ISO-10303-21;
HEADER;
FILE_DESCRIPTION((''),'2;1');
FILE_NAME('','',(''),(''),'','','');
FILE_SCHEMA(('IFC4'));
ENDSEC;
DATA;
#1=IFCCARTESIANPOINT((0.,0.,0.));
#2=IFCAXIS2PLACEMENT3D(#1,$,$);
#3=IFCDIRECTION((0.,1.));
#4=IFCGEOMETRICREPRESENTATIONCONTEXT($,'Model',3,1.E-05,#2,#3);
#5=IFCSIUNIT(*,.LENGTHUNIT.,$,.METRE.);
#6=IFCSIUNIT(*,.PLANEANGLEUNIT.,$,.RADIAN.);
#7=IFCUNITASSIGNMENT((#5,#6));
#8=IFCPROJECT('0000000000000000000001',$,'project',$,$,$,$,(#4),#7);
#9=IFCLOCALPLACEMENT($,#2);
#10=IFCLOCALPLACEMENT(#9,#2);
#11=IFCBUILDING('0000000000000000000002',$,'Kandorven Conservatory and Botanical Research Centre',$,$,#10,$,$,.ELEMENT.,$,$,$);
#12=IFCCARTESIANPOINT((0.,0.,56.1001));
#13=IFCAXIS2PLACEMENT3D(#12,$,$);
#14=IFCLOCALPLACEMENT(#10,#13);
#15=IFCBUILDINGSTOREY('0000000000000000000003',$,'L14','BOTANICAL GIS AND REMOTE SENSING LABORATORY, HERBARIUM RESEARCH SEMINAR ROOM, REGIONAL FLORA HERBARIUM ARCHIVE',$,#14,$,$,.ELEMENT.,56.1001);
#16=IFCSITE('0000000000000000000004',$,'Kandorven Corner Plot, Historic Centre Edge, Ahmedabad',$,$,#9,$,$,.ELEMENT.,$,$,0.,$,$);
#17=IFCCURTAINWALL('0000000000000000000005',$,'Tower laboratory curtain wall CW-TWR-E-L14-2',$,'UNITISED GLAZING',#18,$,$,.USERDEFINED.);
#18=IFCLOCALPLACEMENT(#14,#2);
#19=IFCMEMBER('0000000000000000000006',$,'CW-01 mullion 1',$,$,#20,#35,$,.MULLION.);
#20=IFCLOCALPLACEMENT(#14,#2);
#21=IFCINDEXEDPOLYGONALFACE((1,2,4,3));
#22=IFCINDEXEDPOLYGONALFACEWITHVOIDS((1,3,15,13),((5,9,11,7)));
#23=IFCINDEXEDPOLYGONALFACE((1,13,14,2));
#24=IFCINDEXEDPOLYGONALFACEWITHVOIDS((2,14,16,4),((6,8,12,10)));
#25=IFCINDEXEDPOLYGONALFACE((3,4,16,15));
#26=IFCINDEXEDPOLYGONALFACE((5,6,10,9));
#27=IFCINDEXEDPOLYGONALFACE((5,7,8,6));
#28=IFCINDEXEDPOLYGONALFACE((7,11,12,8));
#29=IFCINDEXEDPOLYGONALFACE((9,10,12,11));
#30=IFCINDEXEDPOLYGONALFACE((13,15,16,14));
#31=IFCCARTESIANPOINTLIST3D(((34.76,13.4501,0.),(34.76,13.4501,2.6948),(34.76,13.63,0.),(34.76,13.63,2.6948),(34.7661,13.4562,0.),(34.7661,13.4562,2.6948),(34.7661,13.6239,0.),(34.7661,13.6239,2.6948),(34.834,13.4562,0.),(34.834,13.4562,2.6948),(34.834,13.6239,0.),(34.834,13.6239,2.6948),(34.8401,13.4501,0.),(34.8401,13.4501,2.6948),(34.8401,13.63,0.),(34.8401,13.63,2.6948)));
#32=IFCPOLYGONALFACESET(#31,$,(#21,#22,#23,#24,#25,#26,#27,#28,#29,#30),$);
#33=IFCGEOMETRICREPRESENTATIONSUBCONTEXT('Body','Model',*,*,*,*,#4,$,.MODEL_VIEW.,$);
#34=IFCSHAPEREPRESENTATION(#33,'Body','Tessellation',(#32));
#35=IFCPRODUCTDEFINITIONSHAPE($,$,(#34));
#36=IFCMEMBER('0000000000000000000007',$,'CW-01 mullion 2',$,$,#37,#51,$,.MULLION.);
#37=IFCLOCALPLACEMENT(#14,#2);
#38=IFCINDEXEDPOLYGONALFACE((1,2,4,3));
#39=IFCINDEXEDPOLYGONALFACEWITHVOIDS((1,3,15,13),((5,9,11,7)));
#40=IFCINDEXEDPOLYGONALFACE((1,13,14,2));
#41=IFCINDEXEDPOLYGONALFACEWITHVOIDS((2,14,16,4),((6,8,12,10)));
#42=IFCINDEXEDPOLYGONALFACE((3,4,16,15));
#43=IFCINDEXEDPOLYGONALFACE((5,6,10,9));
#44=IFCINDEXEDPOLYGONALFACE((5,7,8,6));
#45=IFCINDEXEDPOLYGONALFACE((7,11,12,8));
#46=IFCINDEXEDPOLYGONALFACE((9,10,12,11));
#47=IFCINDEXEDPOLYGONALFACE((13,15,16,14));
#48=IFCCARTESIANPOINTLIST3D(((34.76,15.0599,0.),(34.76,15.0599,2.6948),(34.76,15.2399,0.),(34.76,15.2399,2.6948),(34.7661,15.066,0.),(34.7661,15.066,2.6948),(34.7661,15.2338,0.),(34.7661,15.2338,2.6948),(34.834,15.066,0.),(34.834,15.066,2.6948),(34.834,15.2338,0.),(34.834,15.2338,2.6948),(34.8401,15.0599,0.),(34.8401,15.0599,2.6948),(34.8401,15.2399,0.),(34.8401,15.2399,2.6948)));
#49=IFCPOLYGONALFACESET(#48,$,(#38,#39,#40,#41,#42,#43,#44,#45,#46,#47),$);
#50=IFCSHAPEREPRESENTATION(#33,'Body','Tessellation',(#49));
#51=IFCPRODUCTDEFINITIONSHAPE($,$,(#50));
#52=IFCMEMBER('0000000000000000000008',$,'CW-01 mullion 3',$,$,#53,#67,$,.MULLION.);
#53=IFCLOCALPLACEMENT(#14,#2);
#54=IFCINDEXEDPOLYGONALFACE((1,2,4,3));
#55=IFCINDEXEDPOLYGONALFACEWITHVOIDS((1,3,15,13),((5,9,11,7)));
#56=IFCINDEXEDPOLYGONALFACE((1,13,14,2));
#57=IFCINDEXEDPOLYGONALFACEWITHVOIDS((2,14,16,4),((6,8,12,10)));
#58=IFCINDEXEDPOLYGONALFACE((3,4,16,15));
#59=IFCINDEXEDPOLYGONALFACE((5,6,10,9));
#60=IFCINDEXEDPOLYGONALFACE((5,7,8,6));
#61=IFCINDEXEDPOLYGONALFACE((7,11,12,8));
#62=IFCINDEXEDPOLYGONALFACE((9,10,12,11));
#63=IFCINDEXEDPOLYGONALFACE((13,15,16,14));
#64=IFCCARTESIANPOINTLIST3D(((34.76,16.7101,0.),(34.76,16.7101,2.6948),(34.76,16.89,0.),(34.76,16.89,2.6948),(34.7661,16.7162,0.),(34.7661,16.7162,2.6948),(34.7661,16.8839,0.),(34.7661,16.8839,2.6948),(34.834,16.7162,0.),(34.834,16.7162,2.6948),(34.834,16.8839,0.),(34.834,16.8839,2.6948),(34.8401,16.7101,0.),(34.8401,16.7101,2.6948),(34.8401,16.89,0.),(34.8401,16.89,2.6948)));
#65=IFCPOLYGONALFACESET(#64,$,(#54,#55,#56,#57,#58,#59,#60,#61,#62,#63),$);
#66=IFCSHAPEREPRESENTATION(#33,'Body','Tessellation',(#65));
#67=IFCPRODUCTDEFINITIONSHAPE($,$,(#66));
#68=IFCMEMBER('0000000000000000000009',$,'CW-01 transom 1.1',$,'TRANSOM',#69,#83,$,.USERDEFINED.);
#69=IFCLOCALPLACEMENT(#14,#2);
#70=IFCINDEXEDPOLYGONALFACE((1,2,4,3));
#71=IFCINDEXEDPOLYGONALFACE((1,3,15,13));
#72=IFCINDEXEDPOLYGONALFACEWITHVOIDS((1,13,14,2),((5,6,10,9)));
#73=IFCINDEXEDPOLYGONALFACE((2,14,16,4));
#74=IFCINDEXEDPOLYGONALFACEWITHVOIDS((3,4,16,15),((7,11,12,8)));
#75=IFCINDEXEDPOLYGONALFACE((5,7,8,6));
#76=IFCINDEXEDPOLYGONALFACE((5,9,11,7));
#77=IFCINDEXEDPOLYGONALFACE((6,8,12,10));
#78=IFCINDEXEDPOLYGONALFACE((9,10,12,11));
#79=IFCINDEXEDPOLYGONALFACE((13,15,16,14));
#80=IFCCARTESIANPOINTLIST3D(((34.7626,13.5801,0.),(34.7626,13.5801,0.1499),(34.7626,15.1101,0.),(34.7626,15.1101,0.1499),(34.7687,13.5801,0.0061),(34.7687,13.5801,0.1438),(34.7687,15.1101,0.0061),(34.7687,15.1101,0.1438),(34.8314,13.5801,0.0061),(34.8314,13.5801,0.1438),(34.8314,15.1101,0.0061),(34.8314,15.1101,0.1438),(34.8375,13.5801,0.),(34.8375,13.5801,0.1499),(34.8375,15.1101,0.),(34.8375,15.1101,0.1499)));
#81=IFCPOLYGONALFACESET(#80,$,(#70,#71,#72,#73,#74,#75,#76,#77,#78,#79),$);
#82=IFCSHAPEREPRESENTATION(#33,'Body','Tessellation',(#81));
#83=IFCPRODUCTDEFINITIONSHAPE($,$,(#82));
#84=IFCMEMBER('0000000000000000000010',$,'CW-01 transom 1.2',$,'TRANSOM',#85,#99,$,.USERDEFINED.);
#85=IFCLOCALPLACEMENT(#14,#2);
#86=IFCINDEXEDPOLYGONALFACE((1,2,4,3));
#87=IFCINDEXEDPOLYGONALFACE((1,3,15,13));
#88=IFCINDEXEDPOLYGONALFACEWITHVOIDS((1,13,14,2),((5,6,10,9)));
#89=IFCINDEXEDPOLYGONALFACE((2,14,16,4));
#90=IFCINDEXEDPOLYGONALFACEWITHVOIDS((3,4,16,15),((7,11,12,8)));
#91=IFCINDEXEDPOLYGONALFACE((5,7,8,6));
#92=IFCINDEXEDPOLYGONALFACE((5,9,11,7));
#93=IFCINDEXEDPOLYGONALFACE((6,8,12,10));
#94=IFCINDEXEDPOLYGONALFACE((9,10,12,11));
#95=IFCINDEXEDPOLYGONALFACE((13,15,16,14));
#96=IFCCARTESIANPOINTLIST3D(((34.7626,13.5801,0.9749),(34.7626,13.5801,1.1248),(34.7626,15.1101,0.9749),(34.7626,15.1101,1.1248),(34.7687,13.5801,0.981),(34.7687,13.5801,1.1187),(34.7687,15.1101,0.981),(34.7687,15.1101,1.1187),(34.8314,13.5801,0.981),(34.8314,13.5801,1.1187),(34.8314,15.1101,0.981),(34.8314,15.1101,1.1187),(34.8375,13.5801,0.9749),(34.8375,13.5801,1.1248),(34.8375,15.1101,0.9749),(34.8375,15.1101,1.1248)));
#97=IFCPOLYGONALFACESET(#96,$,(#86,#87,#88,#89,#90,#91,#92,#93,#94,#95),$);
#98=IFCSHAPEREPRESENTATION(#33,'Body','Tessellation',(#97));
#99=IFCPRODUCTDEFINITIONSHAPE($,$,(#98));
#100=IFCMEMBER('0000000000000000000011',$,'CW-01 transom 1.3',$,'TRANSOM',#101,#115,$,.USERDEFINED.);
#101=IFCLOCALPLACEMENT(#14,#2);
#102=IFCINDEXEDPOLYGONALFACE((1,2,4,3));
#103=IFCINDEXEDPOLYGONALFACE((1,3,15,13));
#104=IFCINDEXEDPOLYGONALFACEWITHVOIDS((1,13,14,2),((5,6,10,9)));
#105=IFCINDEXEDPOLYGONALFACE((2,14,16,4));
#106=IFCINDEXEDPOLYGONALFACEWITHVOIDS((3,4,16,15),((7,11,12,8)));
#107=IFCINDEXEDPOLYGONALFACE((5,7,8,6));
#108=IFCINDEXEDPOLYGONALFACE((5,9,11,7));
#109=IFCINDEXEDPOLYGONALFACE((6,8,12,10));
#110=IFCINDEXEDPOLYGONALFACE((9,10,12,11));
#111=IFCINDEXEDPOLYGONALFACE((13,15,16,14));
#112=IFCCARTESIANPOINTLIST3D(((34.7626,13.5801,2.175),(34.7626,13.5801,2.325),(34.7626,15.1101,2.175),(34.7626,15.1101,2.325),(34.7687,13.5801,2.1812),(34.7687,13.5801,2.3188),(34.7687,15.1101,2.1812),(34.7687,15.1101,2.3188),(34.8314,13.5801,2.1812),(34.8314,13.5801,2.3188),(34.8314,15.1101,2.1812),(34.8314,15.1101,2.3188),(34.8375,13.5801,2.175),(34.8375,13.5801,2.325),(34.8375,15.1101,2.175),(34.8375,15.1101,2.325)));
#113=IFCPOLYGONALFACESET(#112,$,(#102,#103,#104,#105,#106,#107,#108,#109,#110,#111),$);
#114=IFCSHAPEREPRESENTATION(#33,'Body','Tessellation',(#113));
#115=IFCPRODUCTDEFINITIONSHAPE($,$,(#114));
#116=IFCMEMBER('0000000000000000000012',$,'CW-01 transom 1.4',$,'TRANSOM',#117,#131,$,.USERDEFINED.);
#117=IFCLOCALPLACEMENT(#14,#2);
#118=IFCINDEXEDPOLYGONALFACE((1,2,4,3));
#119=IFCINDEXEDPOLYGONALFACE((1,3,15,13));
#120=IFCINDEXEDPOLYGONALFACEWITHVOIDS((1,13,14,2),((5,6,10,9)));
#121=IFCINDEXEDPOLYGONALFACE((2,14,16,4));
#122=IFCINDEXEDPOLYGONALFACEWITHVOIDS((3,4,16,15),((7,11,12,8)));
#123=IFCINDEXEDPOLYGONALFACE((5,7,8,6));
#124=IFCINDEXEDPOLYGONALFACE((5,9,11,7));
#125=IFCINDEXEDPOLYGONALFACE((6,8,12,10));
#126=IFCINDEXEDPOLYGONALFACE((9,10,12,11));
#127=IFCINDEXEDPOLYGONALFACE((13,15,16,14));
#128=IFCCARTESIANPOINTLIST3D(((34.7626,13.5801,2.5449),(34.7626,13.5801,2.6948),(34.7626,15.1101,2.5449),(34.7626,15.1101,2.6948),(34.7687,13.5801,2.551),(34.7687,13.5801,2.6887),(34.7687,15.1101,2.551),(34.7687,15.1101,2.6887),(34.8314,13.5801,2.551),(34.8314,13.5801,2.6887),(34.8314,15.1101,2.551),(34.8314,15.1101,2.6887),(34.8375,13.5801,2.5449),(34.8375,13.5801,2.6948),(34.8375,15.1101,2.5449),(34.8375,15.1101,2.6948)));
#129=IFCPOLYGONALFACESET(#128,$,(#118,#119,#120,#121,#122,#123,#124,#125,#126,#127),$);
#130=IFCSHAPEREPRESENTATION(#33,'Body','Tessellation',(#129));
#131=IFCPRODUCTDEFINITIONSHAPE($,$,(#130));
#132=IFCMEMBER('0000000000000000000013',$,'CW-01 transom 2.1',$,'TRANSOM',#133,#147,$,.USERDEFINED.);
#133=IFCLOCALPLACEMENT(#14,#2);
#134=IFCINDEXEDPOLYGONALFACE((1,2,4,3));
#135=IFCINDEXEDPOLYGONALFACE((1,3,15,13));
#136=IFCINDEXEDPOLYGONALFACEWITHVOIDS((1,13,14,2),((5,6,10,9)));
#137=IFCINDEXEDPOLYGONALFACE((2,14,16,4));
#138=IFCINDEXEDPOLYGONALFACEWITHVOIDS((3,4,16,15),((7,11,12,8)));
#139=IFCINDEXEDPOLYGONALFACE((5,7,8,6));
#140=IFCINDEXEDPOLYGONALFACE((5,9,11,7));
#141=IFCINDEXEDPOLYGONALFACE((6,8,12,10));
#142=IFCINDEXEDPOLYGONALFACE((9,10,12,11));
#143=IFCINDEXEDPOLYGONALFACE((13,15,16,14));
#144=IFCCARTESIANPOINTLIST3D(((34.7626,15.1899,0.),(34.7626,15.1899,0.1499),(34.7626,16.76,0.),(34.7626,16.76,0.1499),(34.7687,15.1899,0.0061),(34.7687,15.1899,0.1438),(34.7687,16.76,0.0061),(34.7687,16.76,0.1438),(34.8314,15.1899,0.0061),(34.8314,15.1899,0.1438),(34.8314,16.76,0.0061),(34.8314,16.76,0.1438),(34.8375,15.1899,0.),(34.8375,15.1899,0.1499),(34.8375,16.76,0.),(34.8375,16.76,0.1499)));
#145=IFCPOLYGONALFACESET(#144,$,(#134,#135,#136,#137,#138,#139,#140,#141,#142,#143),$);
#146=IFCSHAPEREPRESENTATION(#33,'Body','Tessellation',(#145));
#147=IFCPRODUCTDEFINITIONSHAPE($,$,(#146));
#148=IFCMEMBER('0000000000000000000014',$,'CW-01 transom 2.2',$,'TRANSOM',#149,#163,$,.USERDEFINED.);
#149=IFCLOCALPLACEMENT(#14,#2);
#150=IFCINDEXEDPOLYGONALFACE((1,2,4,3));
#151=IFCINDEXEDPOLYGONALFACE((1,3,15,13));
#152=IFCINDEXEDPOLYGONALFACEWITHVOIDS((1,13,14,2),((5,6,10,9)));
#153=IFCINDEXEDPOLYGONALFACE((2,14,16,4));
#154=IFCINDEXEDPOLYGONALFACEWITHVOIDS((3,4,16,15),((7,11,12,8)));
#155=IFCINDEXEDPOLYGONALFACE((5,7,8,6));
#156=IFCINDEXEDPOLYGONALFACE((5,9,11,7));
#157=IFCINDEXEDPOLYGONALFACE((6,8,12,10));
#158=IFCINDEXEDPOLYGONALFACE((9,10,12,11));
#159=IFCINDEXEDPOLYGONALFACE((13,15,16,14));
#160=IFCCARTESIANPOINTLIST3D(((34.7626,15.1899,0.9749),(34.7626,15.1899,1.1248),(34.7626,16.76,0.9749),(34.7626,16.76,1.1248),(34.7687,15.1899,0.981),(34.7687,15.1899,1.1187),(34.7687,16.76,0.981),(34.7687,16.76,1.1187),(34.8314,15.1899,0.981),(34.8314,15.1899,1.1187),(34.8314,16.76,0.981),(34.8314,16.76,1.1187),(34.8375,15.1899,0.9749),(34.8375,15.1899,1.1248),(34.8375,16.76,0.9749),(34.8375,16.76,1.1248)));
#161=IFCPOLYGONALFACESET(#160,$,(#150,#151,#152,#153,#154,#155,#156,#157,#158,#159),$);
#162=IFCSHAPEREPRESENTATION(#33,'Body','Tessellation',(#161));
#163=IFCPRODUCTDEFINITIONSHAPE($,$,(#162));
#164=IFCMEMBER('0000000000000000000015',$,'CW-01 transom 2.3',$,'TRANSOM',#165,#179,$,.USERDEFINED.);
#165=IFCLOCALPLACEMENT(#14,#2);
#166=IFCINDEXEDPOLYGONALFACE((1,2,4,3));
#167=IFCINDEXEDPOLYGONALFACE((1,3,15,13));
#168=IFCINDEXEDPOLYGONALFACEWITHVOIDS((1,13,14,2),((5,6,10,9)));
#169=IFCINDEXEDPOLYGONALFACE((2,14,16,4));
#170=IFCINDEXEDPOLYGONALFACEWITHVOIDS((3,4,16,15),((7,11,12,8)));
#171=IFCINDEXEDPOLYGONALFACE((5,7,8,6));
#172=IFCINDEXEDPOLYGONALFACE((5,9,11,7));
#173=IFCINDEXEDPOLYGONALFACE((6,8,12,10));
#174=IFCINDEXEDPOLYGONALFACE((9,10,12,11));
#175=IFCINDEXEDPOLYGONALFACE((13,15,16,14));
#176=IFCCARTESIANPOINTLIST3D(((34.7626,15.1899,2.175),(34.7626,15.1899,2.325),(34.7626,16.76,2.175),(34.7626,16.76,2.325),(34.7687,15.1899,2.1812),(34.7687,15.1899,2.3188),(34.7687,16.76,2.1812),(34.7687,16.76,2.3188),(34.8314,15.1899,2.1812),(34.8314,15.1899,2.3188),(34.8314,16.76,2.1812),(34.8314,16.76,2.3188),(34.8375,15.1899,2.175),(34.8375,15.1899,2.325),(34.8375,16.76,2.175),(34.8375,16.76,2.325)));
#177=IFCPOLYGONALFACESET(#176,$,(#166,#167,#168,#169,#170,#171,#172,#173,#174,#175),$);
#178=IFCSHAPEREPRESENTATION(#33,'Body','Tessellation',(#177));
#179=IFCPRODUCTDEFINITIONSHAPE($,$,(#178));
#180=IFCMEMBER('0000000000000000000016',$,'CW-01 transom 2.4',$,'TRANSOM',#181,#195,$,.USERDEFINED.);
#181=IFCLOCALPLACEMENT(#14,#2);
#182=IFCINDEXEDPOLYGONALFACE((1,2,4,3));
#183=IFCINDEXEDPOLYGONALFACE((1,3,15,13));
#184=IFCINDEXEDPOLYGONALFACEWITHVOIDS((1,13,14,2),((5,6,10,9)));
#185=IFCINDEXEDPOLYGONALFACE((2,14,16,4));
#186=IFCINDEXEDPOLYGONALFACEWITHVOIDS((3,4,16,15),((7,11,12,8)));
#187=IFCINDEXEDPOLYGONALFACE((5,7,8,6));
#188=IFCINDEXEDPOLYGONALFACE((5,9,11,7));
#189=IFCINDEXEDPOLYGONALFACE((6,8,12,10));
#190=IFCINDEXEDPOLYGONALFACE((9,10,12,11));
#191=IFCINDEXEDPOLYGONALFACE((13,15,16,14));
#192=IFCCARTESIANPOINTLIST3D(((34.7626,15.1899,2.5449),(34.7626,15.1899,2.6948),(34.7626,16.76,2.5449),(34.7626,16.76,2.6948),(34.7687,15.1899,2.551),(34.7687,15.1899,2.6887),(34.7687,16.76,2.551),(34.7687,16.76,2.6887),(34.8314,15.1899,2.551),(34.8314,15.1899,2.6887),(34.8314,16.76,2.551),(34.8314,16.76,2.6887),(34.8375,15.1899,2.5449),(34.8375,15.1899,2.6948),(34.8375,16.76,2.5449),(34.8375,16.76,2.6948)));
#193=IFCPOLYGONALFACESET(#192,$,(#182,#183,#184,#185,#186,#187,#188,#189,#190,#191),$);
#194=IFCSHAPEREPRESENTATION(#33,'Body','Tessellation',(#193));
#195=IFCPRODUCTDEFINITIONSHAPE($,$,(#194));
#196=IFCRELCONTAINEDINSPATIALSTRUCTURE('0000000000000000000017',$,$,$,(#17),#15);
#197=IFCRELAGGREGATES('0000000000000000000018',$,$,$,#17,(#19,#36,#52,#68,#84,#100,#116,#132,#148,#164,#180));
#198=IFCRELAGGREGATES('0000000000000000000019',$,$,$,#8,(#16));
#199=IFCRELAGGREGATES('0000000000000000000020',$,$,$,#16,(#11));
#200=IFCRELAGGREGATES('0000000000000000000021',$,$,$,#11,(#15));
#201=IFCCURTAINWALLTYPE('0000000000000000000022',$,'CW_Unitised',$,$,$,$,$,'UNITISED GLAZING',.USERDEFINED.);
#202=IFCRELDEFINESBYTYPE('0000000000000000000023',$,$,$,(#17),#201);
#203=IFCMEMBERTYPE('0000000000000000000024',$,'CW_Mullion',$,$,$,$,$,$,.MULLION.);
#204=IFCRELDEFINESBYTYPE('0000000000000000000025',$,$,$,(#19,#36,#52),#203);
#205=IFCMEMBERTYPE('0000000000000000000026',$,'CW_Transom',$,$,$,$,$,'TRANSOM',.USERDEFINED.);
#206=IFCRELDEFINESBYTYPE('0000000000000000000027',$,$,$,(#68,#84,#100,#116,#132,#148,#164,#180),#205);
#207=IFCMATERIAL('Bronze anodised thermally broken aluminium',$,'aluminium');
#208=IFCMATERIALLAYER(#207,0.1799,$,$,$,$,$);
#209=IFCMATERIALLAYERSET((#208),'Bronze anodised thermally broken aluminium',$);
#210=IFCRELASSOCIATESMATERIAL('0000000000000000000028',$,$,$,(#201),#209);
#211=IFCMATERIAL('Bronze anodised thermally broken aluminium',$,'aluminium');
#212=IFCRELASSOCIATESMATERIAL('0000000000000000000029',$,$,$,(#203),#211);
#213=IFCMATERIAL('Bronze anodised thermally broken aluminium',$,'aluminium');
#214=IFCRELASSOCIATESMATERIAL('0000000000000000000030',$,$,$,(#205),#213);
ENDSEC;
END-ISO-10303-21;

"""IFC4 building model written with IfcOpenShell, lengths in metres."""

from ifc_helpers import new_model, si_unit, direction, frame, origin, origin_2d, place, context, subcontext, project, spatial, hollow_rectangle, extrude, material, layer, layer_set, material_profile, profile_set, type_object, element, aggregate, save


model = new_model("IFC4")

# Units and contexts
model_context = context("Model", 3, precision=1e-05, world=origin(), true_north=direction((0.0, 1.0)))
body_context = subcontext(model_context, "Body", "Model", "MODEL_VIEW")
ifc_project = project(units=[si_unit("LENGTHUNIT", "METRE"), si_unit("PLANEANGLEUNIT", "RADIAN")], contexts=[model_context])

# Site, building, storey
site_placement = place(None, origin())
site = spatial("IfcSite", under=ifc_project, at=site_placement, Name="Kandorven Corner Plot, Historic Centre Edge, Ahmedabad", CompositionType="ELEMENT", RefElevation=0.0)
building_placement = place(site_placement, origin())
building = spatial("IfcBuilding", under=site, at=building_placement, Name="Kandorven Conservatory and Botanical Research Centre", CompositionType="ELEMENT")
storey_placement = place(building_placement, frame((0.0, 0.0, 56.1001)))
storey = spatial("IfcBuildingStorey", under=building, at=storey_placement, Name="L14", Description="BOTANICAL GIS AND REMOTE SENSING LABORATORY, HERBARIUM RESEARCH SEMINAR ROOM, REGIONAL FLORA HERBARIUM ARCHIVE", CompositionType="ELEMENT", Elevation=56.1001)

# Curtain wall, members
ifc_material_1 = material(Name="Bronze anodised thermally broken aluminium", Category="aluminium")
ifc_layer_1 = layer(ifc_material_1, 0.1799)
ifc_layer_set_1 = layer_set([ifc_layer_1], Name="Bronze anodised thermally broken aluminium")
curtain_wall_type = type_object("IfcCurtainWallType", Name="CW_Unitised", ElementType="UNITISED GLAZING", PredefinedType="USERDEFINED", material=ifc_layer_set_1)
curtain_wall_placement = place(storey_placement, origin())
curtain_wall = element("IfcCurtainWall", 1, at=curtain_wall_placement, inside=storey, type_object=curtain_wall_type, Name="Tower laboratory curtain wall CW-TWR-E-L14-2", ObjectType="UNITISED GLAZING", PredefinedType="USERDEFINED")
ifc_material_2 = material(Name="Bronze anodised thermally broken aluminium", Category="aluminium")
ifc_material_profile_1 = material_profile(ifc_material_2, hollow_rectangle(XDim=0.0801, YDim=0.1799, WallThickness=0.0061, at=origin_2d()))
ifc_profile_set_1 = profile_set([ifc_material_profile_1], Name="Bronze anodised thermally broken aluminium")
member_type_1 = type_object("IfcMemberType", Name="CW_Mullion", PredefinedType="MULLION", material=ifc_profile_set_1)
member_1_placement = place(storey_placement, frame((34.8, 13.54, 0.0), z_axis=(0.0, 0.0, 1.0), x_axis=(-1.0, 0.0, 0.0)))
member_1 = element("IfcMember", 2, at=member_1_placement, type_object=member_type_1, Name="CW-01 mullion 1", PredefinedType="MULLION", context=body_context, shape_type="SweptSolid", body=[
    extrude(hollow_rectangle(XDim=0.0801, YDim=0.1799, WallThickness=0.0061, at=origin_2d()), origin(), (0.0, 0.0, 1.0), 2.6948),
])
member_2_placement = place(storey_placement, frame((34.8, 15.1499, 0.0), z_axis=(0.0, 0.0, 1.0), x_axis=(-1.0, 0.0, 0.0)))
member_2 = element("IfcMember", 3, at=member_2_placement, type_object=member_type_1, Name="CW-01 mullion 2", PredefinedType="MULLION", context=body_context, shape_type="SweptSolid", body=[
    extrude(hollow_rectangle(XDim=0.0801, YDim=0.1799, WallThickness=0.0061, at=origin_2d()), origin(), (0.0, 0.0, 1.0), 2.6948),
])
member_3_placement = place(storey_placement, frame((34.8, 16.8, 0.0), z_axis=(0.0, 0.0, 1.0), x_axis=(-1.0, 0.0, 0.0)))
member_3 = element("IfcMember", 4, at=member_3_placement, type_object=member_type_1, Name="CW-01 mullion 3", PredefinedType="MULLION", context=body_context, shape_type="SweptSolid", body=[
    extrude(hollow_rectangle(XDim=0.0801, YDim=0.1799, WallThickness=0.0061, at=origin_2d()), origin(), (0.0, 0.0, 1.0), 2.6948),
])
ifc_material_3 = material(Name="Bronze anodised thermally broken aluminium", Category="aluminium")
ifc_material_profile_2 = material_profile(ifc_material_3, hollow_rectangle(XDim=0.075, YDim=0.1499, WallThickness=0.0061, at=origin_2d()))
ifc_profile_set_2 = profile_set([ifc_material_profile_2], Name="Bronze anodised thermally broken aluminium")
member_type_2 = type_object("IfcMemberType", Name="CW_Transom", ElementType="TRANSOM", PredefinedType="USERDEFINED", material=ifc_profile_set_2)
member_4_placement = place(storey_placement, frame((34.8, 13.5801, 0.075), z_axis=(0.0, 1.0, 0.0), x_axis=(-1.0, 0.0, 0.0)))
member_4 = element("IfcMember", 5, at=member_4_placement, type_object=member_type_2, Name="CW-01 transom 1.1", ObjectType="TRANSOM", PredefinedType="USERDEFINED", context=body_context, shape_type="SweptSolid", body=[
    extrude(hollow_rectangle(XDim=0.075, YDim=0.1499, WallThickness=0.0061, at=origin_2d()), origin(), (0.0, 0.0, 1.0), 1.53),
])
member_5_placement = place(storey_placement, frame((34.8, 13.5801, 1.0498), z_axis=(0.0, 1.0, 0.0), x_axis=(-1.0, 0.0, 0.0)))
member_5 = element("IfcMember", 6, at=member_5_placement, type_object=member_type_2, Name="CW-01 transom 1.2", ObjectType="TRANSOM", PredefinedType="USERDEFINED", context=body_context, shape_type="SweptSolid", body=[
    extrude(hollow_rectangle(XDim=0.075, YDim=0.1499, WallThickness=0.0061, at=origin_2d()), origin(), (0.0, 0.0, 1.0), 1.53),
])
member_6_placement = place(storey_placement, frame((34.8, 13.5801, 2.25), z_axis=(0.0, 1.0, 0.0), x_axis=(-1.0, 0.0, 0.0)))
member_6 = element("IfcMember", 7, at=member_6_placement, type_object=member_type_2, Name="CW-01 transom 1.3", ObjectType="TRANSOM", PredefinedType="USERDEFINED", context=body_context, shape_type="SweptSolid", body=[
    extrude(hollow_rectangle(XDim=0.075, YDim=0.1499, WallThickness=0.0061, at=origin_2d()), origin(), (0.0, 0.0, 1.0), 1.53),
])
member_7_placement = place(storey_placement, frame((34.8, 13.5801, 2.6199), z_axis=(0.0, 1.0, 0.0), x_axis=(-1.0, 0.0, 0.0)))
member_7 = element("IfcMember", 8, at=member_7_placement, type_object=member_type_2, Name="CW-01 transom 1.4", ObjectType="TRANSOM", PredefinedType="USERDEFINED", context=body_context, shape_type="SweptSolid", body=[
    extrude(hollow_rectangle(XDim=0.075, YDim=0.1499, WallThickness=0.0061, at=origin_2d()), origin(), (0.0, 0.0, 1.0), 1.53),
])
member_8_placement = place(storey_placement, frame((34.8, 15.1899, 0.075), z_axis=(0.0, 1.0, 0.0), x_axis=(-1.0, 0.0, 0.0)))
member_8 = element("IfcMember", 9, at=member_8_placement, type_object=member_type_2, Name="CW-01 transom 2.1", ObjectType="TRANSOM", PredefinedType="USERDEFINED", context=body_context, shape_type="SweptSolid", body=[
    extrude(hollow_rectangle(XDim=0.075, YDim=0.1499, WallThickness=0.0061, at=origin_2d()), origin(), (0.0, 0.0, 1.0), 1.5701),
])
member_9_placement = place(storey_placement, frame((34.8, 15.1899, 1.0498), z_axis=(0.0, 1.0, 0.0), x_axis=(-1.0, 0.0, 0.0)))
member_9 = element("IfcMember", 10, at=member_9_placement, type_object=member_type_2, Name="CW-01 transom 2.2", ObjectType="TRANSOM", PredefinedType="USERDEFINED", context=body_context, shape_type="SweptSolid", body=[
    extrude(hollow_rectangle(XDim=0.075, YDim=0.1499, WallThickness=0.0061, at=origin_2d()), origin(), (0.0, 0.0, 1.0), 1.5701),
])
member_10_placement = place(storey_placement, frame((34.8, 15.1899, 2.25), z_axis=(0.0, 1.0, 0.0), x_axis=(-1.0, 0.0, 0.0)))
member_10 = element("IfcMember", 11, at=member_10_placement, type_object=member_type_2, Name="CW-01 transom 2.3", ObjectType="TRANSOM", PredefinedType="USERDEFINED", context=body_context, shape_type="SweptSolid", body=[
    extrude(hollow_rectangle(XDim=0.075, YDim=0.1499, WallThickness=0.0061, at=origin_2d()), origin(), (0.0, 0.0, 1.0), 1.5701),
])
member_11_placement = place(storey_placement, frame((34.8, 15.1899, 2.6199), z_axis=(0.0, 1.0, 0.0), x_axis=(-1.0, 0.0, 0.0)))
member_11 = element("IfcMember", 12, at=member_11_placement, type_object=member_type_2, Name="CW-01 transom 2.4", ObjectType="TRANSOM", PredefinedType="USERDEFINED", context=body_context, shape_type="SweptSolid", body=[
    extrude(hollow_rectangle(XDim=0.075, YDim=0.1499, WallThickness=0.0061, at=origin_2d()), origin(), (0.0, 0.0, 1.0), 1.5701),
])
aggregate(curtain_wall, [member_1, member_2, member_3, member_4, member_5, member_6, member_7, member_8, member_9, member_10, member_11])

save(model, "model.ifc")
